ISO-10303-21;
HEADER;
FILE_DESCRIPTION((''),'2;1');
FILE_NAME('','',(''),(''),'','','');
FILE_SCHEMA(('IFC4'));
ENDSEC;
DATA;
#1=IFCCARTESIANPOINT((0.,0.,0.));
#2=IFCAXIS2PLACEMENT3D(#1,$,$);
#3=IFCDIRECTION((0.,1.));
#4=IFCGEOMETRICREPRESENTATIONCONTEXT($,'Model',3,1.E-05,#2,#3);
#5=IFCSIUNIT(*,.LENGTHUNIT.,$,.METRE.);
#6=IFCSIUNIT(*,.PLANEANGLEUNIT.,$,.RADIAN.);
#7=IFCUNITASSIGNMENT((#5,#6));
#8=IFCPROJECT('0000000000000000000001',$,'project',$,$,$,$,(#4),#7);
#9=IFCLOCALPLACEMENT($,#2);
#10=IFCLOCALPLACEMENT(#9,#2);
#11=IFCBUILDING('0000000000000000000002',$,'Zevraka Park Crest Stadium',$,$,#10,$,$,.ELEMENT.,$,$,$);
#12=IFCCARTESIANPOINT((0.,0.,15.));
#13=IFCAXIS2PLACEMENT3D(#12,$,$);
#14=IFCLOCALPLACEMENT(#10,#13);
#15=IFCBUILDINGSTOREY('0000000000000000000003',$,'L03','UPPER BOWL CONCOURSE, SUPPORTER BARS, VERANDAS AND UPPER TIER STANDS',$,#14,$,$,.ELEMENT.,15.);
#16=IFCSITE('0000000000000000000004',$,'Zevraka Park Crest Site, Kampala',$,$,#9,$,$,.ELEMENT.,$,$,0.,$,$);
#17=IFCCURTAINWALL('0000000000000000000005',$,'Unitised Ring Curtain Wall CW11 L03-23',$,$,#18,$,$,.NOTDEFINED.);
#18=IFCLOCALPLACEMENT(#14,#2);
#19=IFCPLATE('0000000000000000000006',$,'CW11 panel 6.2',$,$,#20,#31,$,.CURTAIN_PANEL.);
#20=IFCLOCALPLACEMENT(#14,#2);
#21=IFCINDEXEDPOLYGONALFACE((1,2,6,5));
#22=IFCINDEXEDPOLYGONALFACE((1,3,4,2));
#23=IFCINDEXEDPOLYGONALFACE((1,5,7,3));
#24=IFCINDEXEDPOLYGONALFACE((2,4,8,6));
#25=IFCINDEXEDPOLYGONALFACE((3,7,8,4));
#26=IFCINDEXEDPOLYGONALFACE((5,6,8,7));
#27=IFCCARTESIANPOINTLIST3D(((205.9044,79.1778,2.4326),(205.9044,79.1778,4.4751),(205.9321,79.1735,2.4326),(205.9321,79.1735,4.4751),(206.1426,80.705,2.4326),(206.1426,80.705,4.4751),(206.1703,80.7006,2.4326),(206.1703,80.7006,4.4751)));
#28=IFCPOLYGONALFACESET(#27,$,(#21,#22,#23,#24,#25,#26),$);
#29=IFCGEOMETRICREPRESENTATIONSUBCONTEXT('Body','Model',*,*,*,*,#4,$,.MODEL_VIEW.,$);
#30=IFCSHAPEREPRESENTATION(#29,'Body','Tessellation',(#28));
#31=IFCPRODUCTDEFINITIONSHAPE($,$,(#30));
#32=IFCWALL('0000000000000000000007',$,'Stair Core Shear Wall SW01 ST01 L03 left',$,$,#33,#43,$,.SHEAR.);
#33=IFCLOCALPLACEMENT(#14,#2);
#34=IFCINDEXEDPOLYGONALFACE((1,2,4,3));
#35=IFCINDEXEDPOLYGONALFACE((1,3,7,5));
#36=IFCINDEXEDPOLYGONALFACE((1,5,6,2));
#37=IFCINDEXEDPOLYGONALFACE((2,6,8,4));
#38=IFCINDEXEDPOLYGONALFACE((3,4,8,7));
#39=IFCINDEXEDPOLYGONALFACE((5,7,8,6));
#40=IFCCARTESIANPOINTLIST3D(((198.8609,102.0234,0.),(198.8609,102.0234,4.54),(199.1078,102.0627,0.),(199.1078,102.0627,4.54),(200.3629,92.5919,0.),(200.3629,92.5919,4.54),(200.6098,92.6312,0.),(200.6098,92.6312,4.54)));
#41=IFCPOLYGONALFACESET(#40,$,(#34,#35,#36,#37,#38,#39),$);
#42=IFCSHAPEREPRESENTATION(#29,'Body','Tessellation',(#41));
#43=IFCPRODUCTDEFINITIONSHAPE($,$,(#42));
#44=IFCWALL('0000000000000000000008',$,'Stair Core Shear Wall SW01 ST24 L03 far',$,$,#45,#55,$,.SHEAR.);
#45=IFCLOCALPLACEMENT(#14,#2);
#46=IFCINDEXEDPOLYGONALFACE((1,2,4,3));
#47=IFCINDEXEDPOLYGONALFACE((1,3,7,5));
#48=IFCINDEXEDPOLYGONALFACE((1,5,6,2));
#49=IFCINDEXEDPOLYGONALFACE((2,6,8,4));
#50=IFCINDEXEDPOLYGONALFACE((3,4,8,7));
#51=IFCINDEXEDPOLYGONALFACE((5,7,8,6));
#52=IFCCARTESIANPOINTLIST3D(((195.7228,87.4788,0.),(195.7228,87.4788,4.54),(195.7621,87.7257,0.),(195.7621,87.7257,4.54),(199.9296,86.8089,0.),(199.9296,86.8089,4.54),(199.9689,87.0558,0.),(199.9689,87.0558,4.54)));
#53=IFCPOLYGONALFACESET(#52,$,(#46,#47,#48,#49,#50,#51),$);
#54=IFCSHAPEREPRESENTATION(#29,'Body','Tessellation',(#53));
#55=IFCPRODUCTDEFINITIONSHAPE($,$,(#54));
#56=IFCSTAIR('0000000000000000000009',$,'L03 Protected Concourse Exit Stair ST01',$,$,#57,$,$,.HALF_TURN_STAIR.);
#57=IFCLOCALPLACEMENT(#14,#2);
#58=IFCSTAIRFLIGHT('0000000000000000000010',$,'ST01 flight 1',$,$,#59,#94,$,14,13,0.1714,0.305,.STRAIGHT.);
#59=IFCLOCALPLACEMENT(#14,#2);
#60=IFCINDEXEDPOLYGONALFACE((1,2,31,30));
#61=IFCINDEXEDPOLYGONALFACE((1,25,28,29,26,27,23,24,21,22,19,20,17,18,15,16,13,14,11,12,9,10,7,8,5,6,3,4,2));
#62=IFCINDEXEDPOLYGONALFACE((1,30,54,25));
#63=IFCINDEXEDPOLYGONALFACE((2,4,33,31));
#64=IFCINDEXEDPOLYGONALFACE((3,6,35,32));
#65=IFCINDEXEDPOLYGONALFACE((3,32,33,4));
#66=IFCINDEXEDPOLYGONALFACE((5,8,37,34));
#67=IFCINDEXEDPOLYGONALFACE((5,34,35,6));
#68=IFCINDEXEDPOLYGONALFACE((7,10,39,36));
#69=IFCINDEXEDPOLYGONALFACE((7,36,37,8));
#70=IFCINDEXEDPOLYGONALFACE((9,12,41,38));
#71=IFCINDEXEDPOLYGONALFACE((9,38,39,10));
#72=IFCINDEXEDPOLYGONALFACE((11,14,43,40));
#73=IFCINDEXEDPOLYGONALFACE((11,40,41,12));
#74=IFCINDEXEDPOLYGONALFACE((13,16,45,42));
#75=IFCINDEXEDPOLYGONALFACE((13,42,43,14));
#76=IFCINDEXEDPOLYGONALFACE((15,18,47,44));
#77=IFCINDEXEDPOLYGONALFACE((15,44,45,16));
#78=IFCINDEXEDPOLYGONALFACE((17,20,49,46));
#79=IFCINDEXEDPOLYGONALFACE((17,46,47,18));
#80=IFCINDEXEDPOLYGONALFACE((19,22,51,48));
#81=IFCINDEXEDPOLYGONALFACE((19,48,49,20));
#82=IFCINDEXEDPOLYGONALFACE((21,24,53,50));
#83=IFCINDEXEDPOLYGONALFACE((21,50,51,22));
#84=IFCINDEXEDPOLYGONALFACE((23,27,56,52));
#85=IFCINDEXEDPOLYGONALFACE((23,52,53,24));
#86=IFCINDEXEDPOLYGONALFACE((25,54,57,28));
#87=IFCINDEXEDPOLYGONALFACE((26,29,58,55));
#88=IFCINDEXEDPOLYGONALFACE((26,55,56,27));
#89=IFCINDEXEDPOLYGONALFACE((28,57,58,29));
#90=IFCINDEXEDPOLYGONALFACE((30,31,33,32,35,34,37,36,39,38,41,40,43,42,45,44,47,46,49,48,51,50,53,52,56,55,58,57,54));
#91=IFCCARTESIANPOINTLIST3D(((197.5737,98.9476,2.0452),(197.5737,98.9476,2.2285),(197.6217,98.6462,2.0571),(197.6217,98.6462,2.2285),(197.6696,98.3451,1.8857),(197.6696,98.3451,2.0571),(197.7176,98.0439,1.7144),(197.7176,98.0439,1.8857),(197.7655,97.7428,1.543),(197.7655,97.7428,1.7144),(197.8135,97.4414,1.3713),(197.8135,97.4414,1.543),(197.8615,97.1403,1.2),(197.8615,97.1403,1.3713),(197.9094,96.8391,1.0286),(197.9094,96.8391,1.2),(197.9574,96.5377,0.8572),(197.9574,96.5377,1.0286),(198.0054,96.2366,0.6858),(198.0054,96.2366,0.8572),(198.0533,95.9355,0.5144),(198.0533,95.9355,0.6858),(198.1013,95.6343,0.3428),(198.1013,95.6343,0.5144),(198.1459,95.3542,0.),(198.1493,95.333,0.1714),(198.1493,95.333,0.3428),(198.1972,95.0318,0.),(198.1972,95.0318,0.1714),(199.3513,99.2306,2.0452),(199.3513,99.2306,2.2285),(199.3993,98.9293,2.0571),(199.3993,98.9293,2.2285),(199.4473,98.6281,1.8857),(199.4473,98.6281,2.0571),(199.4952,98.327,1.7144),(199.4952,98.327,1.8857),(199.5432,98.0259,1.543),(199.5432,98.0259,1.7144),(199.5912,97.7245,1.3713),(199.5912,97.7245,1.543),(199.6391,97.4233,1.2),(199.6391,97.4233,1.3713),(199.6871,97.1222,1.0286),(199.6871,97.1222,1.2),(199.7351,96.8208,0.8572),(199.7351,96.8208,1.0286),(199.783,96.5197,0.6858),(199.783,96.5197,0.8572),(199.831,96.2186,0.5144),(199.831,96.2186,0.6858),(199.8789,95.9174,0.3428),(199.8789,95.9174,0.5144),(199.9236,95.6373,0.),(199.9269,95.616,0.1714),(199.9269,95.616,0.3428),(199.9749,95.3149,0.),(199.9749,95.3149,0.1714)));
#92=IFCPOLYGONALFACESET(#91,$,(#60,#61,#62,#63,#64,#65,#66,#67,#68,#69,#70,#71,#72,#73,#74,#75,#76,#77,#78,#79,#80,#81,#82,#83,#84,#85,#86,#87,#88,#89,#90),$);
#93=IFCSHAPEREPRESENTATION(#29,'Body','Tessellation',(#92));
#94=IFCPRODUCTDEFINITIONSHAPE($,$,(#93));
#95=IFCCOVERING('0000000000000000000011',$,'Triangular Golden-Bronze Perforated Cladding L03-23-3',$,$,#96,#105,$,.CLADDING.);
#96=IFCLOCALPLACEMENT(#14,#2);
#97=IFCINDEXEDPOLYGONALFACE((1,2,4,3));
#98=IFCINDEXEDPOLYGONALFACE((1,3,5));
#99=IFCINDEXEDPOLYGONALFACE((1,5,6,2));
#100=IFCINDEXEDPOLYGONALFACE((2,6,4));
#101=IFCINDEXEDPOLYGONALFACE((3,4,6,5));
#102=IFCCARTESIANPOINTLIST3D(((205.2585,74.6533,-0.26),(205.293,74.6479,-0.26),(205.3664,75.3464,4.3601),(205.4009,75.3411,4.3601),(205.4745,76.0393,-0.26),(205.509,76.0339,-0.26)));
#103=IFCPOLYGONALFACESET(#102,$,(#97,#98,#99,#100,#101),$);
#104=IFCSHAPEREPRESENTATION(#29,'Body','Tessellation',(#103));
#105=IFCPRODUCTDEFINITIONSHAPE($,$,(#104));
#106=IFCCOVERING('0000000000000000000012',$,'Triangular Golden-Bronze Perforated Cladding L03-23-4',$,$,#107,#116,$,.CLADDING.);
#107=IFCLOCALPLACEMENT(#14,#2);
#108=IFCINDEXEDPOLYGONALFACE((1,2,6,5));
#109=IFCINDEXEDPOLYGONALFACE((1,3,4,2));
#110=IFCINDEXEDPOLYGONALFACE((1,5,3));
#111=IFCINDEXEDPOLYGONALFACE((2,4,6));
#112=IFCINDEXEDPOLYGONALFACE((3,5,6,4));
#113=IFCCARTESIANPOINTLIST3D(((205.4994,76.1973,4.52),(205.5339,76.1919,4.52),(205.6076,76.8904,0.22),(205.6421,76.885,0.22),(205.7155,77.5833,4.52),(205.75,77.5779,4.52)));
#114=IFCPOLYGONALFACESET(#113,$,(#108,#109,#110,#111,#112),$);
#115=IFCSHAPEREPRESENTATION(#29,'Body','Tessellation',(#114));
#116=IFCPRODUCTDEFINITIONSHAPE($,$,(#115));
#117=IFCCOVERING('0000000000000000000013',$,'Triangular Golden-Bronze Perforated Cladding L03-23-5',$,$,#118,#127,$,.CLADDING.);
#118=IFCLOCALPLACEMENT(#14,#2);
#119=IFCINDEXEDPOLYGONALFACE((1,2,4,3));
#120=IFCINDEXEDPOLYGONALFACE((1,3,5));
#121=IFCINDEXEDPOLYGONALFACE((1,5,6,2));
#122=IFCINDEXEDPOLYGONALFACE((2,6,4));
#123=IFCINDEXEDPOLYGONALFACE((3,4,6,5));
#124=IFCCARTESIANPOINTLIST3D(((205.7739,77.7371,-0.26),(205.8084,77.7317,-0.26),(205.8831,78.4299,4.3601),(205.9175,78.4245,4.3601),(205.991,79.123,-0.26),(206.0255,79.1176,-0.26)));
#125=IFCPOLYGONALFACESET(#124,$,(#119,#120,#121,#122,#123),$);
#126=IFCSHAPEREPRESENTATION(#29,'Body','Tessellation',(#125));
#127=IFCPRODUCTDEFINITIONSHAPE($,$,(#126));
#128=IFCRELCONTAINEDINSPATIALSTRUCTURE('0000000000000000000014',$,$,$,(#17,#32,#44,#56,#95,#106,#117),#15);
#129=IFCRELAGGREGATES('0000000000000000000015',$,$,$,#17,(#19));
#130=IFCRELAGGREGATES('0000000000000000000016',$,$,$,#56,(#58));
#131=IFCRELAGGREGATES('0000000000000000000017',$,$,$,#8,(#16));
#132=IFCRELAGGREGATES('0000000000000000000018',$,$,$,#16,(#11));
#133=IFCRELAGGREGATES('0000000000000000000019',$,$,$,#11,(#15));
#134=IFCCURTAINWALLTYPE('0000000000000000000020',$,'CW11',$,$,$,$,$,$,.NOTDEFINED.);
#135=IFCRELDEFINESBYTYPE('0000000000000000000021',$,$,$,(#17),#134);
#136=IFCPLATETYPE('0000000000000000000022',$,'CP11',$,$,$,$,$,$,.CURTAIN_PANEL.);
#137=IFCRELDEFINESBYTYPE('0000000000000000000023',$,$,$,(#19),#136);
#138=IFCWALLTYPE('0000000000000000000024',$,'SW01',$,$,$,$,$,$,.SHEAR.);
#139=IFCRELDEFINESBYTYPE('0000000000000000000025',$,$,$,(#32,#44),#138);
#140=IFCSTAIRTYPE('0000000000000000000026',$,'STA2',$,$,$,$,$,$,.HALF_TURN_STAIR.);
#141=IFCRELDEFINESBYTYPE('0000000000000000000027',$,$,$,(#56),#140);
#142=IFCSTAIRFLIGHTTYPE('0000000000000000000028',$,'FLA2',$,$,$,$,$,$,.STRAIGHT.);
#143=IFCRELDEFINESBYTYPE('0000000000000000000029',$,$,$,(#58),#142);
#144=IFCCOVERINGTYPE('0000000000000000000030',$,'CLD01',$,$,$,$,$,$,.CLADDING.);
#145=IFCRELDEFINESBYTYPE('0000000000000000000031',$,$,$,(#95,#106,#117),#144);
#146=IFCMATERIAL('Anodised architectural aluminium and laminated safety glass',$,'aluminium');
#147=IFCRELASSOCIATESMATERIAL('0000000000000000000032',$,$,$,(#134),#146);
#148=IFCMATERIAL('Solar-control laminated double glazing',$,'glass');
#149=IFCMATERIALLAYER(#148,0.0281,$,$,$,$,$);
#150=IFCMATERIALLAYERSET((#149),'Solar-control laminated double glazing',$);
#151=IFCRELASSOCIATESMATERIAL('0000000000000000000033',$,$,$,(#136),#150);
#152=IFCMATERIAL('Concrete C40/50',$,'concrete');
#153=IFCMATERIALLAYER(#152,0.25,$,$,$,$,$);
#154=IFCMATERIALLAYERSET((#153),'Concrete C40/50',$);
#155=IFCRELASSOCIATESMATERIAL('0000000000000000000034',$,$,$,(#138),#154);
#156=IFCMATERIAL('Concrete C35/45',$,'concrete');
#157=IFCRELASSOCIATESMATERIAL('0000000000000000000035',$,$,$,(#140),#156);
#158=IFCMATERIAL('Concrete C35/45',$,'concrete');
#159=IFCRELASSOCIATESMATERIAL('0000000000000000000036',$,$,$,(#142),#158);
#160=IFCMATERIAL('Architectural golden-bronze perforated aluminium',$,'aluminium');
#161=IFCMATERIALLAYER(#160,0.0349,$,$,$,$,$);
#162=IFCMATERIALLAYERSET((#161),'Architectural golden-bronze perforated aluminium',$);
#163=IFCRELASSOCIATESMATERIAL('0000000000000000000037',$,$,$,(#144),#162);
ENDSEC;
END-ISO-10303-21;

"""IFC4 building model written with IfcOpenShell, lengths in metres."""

from ifc_helpers import new_model, si_unit, direction, frame, frame_2d, origin, origin_2d, place, context, subcontext, project, spatial, polyline, rectangle, outline, extrude, material, layer, layer_set, type_object, element, aggregate, save


model = new_model("IFC4")

# Units and contexts
model_context = context("Model", 3, precision=1e-05, world=origin(), true_north=direction((0.0, 1.0)))
body_context = subcontext(model_context, "Body", "Model", "MODEL_VIEW")
ifc_project = project(units=[si_unit("LENGTHUNIT", "METRE"), si_unit("PLANEANGLEUNIT", "RADIAN")], contexts=[model_context])

# Site, building, storey
site_placement = place(None, origin())
site = spatial("IfcSite", under=ifc_project, at=site_placement, Name="Zevraka Park Crest Site, Kampala", CompositionType="ELEMENT", RefElevation=0.0)
building_placement = place(site_placement, origin())
building = spatial("IfcBuilding", under=site, at=building_placement, Name="Zevraka Park Crest Stadium", CompositionType="ELEMENT")
storey_placement = place(building_placement, frame((0.0, 0.0, 15.0)))
storey = spatial("IfcBuildingStorey", under=building, at=storey_placement, Name="L03", Description="UPPER BOWL CONCOURSE, SUPPORTER BARS, VERANDAS AND UPPER TIER STANDS", CompositionType="ELEMENT", Elevation=15.0)

# Curtain wall
ifc_material_1 = material(Name="Anodised architectural aluminium and laminated safety glass", Category="aluminium")
curtain_wall_type = type_object("IfcCurtainWallType", Name="CW11", PredefinedType="NOTDEFINED", material=ifc_material_1)
curtain_wall_placement = place(storey_placement, origin())
curtain_wall = element("IfcCurtainWall", 1, at=curtain_wall_placement, inside=storey, type_object=curtain_wall_type, Name="Unitised Ring Curtain Wall CW11 L03-23", PredefinedType="NOTDEFINED")

# Plate
ifc_material_2 = material(Name="Solar-control laminated double glazing", Category="glass")
ifc_layer_1 = layer(ifc_material_2, 0.0281)
ifc_layer_set_1 = layer_set([ifc_layer_1], Name="Solar-control laminated double glazing")
plate_type = type_object("IfcPlateType", Name="CP11", PredefinedType="CURTAIN_PANEL", material=ifc_layer_set_1)
plate_1_placement = place(storey_placement, frame((206.0374, 79.9392, 2.4326), z_axis=(0.0, 0.0, 1.0), x_axis=(0.154128, 0.988051, 0.0)))
plate_1 = element("IfcPlate", 2, at=plate_1_placement, type_object=plate_type, Name="CW11 panel 6.2", PredefinedType="CURTAIN_PANEL", context=body_context, shape_type="SweptSolid", body=[
    extrude(rectangle(XDim=1.5457, YDim=0.0281, at=origin_2d()), origin(), (0.0, 0.0, 1.0), 2.0425),
])
aggregate(curtain_wall, [plate_1])

# Walls
ifc_material_3 = material(Name="Concrete C40/50", Category="concrete")
ifc_layer_2 = layer(ifc_material_3, 0.25)
ifc_layer_set_2 = layer_set([ifc_layer_2], Name="Concrete C40/50")
wall_type = type_object("IfcWallType", Name="SW01", PredefinedType="SHEAR", material=ifc_layer_set_2)
wall_1_placement = place(storey_placement, frame((200.4863, 92.6116, 0.0), z_axis=(0.0, 0.0, 1.0), x_axis=(-0.157269, 0.987556, 0.0)))
element("IfcWall", 3, at=wall_1_placement, inside=storey, type_object=wall_type, Name="Stair Core Shear Wall SW01 ST01 L03 left", PredefinedType="SHEAR", context=body_context, shape_type="SweptSolid", body=[
    extrude(rectangle(XDim=9.5503, YDim=0.25, at=frame_2d((4.7751, 0.0))), origin(), (0.0, 0.0, 1.0), 4.54),
])
wall_2_placement = place(storey_placement, frame((199.9492, 86.9324, 0.0), z_axis=(0.0, 0.0, 1.0), x_axis=(-0.987556, 0.157266, 0.0)))
element("IfcWall", 4, at=wall_2_placement, inside=storey, type_object=wall_type, Name="Stair Core Shear Wall SW01 ST24 L03 far", PredefinedType="SHEAR", context=body_context, shape_type="SweptSolid", body=[
    extrude(rectangle(XDim=4.2598, YDim=0.25, at=frame_2d((2.1299, 0.0))), origin(), (0.0, 0.0, 1.0), 4.54),
])

# Stair, stair flight
ifc_material_4 = material(Name="Concrete C35/45", Category="concrete")
stair_type = type_object("IfcStairType", Name="STA2", PredefinedType="HALF_TURN_STAIR", material=ifc_material_4)
stair_placement = place(storey_placement, origin())
stair = element("IfcStair", 5, at=stair_placement, inside=storey, type_object=stair_type, Name="L03 Protected Concourse Exit Stair ST01", PredefinedType="HALF_TURN_STAIR")
ifc_material_5 = material(Name="Concrete C35/45", Category="concrete")
stair_flight_type = type_object("IfcStairFlightType", Name="FLA2", PredefinedType="STRAIGHT", material=ifc_material_5)
stair_flight_placement = place(storey_placement, frame((199.0859, 95.1733, 0.0), z_axis=(0.0, 0.0, 1.0), x_axis=(-0.157262, 0.987557, 0.0)))
stair_flight = element("IfcStairFlight", 6, at=stair_flight_placement, type_object=stair_flight_type, Name="ST01 flight 1", NumberOfRisers=14, NumberOfTreads=13, PredefinedType="STRAIGHT", RiserHeight=0.1714, TreadLength=0.305, context=body_context, shape_type="SweptSolid", body=[
    extrude(outline(polyline([(0.0, 0.0), (0.0, 0.1714), (0.3049, 0.1714), (0.3049, 0.3428), (0.6101, 0.3428), (0.6101, 0.5144), (0.915, 0.5144), (0.915, 0.6858), (1.22, 0.6858), (1.22, 0.8572), (1.5249, 0.8572), (1.5249, 1.0286), (1.8301, 1.0286), (1.8301, 1.2), (2.135, 1.2), (2.135, 1.3713), (2.4399, 1.3713), (2.4399, 1.543), (2.7451, 1.543), (2.7451, 1.7144), (3.05, 1.7144), (3.05, 1.8857), (3.355, 1.8857), (3.355, 2.0571), (3.6599, 2.0571), (3.6599, 2.2285), (3.9651, 2.2285), (3.9651, 2.3999), (3.9651, 2.0452), (0.3264, 0.0), (0.0, 0.0)])), frame((0.0, 0.8999, 0.0), z_axis=(0.0, -1.0, 0.0), x_axis=(1.0, 0.0, 0.0)), (0.0, 0.0, 1.0), 1.8),
])
aggregate(stair, [stair_flight])

# Coverings
ifc_material_6 = material(Name="Architectural golden-bronze perforated aluminium", Category="aluminium")
ifc_layer_3 = layer(ifc_material_6, 0.0349)
ifc_layer_set_3 = layer_set([ifc_layer_3], Name="Architectural golden-bronze perforated aluminium")
covering_type = type_object("IfcCoveringType", Name="CLD01", PredefinedType="CLADDING", material=ifc_layer_set_3)
covering_1_placement = place(storey_placement, frame((205.293, 74.6479, -0.26), z_axis=(0.988066, -0.154032, 0.00003), x_axis=(0.154032, 0.988066, 0.0)))
element("IfcCovering", 7, at=covering_1_placement, inside=storey, type_object=covering_type, Name="Triangular Golden-Bronze Perforated Cladding L03-23-3", PredefinedType="CLADDING", context=body_context, shape_type="SweptSolid", body=[
    extrude(outline(polyline([(0.0, 0.0), (1.4027, 0.0), (0.7015, 4.6201), (0.0, 0.0)])), origin(), (0.0, 0.0, -1.0), 0.0349),
])
covering_2_placement = place(storey_placement, frame((205.75, 77.5779, 4.52), z_axis=(0.988066, -0.154032, 0.000024), x_axis=(-0.154032, -0.988066, 0.0)))
element("IfcCovering", 8, at=covering_2_placement, inside=storey, type_object=covering_type, Name="Triangular Golden-Bronze Perforated Cladding L03-23-4", PredefinedType="CLADDING", context=body_context, shape_type="SweptSolid", body=[
    extrude(outline(polyline([(0.0, 0.0), (1.4027, 0.0), (0.7012, 4.3), (0.0, 0.0)])), origin(), (0.0, 0.0, -1.0), 0.0349),
])
covering_3_placement = place(storey_placement, frame((205.7739, 77.7371, -0.26), z_axis=(-0.98796, 0.154711, 0.000135), x_axis=(0.154711, 0.98796, 0.0)))
element("IfcCovering", 9, at=covering_3_placement, inside=storey, type_object=covering_type, Name="Triangular Golden-Bronze Perforated Cladding L03-23-5", PredefinedType="CLADDING", context=body_context, shape_type="SweptSolid", body=[
    extrude(outline(polyline([(0.0, 0.0), (1.4029, 0.0), (0.7014, -4.6201), (0.0, 0.0)])), origin(), (0.0, 0.0, -1.0), 0.0349),
])

save(model, "model.ifc")
